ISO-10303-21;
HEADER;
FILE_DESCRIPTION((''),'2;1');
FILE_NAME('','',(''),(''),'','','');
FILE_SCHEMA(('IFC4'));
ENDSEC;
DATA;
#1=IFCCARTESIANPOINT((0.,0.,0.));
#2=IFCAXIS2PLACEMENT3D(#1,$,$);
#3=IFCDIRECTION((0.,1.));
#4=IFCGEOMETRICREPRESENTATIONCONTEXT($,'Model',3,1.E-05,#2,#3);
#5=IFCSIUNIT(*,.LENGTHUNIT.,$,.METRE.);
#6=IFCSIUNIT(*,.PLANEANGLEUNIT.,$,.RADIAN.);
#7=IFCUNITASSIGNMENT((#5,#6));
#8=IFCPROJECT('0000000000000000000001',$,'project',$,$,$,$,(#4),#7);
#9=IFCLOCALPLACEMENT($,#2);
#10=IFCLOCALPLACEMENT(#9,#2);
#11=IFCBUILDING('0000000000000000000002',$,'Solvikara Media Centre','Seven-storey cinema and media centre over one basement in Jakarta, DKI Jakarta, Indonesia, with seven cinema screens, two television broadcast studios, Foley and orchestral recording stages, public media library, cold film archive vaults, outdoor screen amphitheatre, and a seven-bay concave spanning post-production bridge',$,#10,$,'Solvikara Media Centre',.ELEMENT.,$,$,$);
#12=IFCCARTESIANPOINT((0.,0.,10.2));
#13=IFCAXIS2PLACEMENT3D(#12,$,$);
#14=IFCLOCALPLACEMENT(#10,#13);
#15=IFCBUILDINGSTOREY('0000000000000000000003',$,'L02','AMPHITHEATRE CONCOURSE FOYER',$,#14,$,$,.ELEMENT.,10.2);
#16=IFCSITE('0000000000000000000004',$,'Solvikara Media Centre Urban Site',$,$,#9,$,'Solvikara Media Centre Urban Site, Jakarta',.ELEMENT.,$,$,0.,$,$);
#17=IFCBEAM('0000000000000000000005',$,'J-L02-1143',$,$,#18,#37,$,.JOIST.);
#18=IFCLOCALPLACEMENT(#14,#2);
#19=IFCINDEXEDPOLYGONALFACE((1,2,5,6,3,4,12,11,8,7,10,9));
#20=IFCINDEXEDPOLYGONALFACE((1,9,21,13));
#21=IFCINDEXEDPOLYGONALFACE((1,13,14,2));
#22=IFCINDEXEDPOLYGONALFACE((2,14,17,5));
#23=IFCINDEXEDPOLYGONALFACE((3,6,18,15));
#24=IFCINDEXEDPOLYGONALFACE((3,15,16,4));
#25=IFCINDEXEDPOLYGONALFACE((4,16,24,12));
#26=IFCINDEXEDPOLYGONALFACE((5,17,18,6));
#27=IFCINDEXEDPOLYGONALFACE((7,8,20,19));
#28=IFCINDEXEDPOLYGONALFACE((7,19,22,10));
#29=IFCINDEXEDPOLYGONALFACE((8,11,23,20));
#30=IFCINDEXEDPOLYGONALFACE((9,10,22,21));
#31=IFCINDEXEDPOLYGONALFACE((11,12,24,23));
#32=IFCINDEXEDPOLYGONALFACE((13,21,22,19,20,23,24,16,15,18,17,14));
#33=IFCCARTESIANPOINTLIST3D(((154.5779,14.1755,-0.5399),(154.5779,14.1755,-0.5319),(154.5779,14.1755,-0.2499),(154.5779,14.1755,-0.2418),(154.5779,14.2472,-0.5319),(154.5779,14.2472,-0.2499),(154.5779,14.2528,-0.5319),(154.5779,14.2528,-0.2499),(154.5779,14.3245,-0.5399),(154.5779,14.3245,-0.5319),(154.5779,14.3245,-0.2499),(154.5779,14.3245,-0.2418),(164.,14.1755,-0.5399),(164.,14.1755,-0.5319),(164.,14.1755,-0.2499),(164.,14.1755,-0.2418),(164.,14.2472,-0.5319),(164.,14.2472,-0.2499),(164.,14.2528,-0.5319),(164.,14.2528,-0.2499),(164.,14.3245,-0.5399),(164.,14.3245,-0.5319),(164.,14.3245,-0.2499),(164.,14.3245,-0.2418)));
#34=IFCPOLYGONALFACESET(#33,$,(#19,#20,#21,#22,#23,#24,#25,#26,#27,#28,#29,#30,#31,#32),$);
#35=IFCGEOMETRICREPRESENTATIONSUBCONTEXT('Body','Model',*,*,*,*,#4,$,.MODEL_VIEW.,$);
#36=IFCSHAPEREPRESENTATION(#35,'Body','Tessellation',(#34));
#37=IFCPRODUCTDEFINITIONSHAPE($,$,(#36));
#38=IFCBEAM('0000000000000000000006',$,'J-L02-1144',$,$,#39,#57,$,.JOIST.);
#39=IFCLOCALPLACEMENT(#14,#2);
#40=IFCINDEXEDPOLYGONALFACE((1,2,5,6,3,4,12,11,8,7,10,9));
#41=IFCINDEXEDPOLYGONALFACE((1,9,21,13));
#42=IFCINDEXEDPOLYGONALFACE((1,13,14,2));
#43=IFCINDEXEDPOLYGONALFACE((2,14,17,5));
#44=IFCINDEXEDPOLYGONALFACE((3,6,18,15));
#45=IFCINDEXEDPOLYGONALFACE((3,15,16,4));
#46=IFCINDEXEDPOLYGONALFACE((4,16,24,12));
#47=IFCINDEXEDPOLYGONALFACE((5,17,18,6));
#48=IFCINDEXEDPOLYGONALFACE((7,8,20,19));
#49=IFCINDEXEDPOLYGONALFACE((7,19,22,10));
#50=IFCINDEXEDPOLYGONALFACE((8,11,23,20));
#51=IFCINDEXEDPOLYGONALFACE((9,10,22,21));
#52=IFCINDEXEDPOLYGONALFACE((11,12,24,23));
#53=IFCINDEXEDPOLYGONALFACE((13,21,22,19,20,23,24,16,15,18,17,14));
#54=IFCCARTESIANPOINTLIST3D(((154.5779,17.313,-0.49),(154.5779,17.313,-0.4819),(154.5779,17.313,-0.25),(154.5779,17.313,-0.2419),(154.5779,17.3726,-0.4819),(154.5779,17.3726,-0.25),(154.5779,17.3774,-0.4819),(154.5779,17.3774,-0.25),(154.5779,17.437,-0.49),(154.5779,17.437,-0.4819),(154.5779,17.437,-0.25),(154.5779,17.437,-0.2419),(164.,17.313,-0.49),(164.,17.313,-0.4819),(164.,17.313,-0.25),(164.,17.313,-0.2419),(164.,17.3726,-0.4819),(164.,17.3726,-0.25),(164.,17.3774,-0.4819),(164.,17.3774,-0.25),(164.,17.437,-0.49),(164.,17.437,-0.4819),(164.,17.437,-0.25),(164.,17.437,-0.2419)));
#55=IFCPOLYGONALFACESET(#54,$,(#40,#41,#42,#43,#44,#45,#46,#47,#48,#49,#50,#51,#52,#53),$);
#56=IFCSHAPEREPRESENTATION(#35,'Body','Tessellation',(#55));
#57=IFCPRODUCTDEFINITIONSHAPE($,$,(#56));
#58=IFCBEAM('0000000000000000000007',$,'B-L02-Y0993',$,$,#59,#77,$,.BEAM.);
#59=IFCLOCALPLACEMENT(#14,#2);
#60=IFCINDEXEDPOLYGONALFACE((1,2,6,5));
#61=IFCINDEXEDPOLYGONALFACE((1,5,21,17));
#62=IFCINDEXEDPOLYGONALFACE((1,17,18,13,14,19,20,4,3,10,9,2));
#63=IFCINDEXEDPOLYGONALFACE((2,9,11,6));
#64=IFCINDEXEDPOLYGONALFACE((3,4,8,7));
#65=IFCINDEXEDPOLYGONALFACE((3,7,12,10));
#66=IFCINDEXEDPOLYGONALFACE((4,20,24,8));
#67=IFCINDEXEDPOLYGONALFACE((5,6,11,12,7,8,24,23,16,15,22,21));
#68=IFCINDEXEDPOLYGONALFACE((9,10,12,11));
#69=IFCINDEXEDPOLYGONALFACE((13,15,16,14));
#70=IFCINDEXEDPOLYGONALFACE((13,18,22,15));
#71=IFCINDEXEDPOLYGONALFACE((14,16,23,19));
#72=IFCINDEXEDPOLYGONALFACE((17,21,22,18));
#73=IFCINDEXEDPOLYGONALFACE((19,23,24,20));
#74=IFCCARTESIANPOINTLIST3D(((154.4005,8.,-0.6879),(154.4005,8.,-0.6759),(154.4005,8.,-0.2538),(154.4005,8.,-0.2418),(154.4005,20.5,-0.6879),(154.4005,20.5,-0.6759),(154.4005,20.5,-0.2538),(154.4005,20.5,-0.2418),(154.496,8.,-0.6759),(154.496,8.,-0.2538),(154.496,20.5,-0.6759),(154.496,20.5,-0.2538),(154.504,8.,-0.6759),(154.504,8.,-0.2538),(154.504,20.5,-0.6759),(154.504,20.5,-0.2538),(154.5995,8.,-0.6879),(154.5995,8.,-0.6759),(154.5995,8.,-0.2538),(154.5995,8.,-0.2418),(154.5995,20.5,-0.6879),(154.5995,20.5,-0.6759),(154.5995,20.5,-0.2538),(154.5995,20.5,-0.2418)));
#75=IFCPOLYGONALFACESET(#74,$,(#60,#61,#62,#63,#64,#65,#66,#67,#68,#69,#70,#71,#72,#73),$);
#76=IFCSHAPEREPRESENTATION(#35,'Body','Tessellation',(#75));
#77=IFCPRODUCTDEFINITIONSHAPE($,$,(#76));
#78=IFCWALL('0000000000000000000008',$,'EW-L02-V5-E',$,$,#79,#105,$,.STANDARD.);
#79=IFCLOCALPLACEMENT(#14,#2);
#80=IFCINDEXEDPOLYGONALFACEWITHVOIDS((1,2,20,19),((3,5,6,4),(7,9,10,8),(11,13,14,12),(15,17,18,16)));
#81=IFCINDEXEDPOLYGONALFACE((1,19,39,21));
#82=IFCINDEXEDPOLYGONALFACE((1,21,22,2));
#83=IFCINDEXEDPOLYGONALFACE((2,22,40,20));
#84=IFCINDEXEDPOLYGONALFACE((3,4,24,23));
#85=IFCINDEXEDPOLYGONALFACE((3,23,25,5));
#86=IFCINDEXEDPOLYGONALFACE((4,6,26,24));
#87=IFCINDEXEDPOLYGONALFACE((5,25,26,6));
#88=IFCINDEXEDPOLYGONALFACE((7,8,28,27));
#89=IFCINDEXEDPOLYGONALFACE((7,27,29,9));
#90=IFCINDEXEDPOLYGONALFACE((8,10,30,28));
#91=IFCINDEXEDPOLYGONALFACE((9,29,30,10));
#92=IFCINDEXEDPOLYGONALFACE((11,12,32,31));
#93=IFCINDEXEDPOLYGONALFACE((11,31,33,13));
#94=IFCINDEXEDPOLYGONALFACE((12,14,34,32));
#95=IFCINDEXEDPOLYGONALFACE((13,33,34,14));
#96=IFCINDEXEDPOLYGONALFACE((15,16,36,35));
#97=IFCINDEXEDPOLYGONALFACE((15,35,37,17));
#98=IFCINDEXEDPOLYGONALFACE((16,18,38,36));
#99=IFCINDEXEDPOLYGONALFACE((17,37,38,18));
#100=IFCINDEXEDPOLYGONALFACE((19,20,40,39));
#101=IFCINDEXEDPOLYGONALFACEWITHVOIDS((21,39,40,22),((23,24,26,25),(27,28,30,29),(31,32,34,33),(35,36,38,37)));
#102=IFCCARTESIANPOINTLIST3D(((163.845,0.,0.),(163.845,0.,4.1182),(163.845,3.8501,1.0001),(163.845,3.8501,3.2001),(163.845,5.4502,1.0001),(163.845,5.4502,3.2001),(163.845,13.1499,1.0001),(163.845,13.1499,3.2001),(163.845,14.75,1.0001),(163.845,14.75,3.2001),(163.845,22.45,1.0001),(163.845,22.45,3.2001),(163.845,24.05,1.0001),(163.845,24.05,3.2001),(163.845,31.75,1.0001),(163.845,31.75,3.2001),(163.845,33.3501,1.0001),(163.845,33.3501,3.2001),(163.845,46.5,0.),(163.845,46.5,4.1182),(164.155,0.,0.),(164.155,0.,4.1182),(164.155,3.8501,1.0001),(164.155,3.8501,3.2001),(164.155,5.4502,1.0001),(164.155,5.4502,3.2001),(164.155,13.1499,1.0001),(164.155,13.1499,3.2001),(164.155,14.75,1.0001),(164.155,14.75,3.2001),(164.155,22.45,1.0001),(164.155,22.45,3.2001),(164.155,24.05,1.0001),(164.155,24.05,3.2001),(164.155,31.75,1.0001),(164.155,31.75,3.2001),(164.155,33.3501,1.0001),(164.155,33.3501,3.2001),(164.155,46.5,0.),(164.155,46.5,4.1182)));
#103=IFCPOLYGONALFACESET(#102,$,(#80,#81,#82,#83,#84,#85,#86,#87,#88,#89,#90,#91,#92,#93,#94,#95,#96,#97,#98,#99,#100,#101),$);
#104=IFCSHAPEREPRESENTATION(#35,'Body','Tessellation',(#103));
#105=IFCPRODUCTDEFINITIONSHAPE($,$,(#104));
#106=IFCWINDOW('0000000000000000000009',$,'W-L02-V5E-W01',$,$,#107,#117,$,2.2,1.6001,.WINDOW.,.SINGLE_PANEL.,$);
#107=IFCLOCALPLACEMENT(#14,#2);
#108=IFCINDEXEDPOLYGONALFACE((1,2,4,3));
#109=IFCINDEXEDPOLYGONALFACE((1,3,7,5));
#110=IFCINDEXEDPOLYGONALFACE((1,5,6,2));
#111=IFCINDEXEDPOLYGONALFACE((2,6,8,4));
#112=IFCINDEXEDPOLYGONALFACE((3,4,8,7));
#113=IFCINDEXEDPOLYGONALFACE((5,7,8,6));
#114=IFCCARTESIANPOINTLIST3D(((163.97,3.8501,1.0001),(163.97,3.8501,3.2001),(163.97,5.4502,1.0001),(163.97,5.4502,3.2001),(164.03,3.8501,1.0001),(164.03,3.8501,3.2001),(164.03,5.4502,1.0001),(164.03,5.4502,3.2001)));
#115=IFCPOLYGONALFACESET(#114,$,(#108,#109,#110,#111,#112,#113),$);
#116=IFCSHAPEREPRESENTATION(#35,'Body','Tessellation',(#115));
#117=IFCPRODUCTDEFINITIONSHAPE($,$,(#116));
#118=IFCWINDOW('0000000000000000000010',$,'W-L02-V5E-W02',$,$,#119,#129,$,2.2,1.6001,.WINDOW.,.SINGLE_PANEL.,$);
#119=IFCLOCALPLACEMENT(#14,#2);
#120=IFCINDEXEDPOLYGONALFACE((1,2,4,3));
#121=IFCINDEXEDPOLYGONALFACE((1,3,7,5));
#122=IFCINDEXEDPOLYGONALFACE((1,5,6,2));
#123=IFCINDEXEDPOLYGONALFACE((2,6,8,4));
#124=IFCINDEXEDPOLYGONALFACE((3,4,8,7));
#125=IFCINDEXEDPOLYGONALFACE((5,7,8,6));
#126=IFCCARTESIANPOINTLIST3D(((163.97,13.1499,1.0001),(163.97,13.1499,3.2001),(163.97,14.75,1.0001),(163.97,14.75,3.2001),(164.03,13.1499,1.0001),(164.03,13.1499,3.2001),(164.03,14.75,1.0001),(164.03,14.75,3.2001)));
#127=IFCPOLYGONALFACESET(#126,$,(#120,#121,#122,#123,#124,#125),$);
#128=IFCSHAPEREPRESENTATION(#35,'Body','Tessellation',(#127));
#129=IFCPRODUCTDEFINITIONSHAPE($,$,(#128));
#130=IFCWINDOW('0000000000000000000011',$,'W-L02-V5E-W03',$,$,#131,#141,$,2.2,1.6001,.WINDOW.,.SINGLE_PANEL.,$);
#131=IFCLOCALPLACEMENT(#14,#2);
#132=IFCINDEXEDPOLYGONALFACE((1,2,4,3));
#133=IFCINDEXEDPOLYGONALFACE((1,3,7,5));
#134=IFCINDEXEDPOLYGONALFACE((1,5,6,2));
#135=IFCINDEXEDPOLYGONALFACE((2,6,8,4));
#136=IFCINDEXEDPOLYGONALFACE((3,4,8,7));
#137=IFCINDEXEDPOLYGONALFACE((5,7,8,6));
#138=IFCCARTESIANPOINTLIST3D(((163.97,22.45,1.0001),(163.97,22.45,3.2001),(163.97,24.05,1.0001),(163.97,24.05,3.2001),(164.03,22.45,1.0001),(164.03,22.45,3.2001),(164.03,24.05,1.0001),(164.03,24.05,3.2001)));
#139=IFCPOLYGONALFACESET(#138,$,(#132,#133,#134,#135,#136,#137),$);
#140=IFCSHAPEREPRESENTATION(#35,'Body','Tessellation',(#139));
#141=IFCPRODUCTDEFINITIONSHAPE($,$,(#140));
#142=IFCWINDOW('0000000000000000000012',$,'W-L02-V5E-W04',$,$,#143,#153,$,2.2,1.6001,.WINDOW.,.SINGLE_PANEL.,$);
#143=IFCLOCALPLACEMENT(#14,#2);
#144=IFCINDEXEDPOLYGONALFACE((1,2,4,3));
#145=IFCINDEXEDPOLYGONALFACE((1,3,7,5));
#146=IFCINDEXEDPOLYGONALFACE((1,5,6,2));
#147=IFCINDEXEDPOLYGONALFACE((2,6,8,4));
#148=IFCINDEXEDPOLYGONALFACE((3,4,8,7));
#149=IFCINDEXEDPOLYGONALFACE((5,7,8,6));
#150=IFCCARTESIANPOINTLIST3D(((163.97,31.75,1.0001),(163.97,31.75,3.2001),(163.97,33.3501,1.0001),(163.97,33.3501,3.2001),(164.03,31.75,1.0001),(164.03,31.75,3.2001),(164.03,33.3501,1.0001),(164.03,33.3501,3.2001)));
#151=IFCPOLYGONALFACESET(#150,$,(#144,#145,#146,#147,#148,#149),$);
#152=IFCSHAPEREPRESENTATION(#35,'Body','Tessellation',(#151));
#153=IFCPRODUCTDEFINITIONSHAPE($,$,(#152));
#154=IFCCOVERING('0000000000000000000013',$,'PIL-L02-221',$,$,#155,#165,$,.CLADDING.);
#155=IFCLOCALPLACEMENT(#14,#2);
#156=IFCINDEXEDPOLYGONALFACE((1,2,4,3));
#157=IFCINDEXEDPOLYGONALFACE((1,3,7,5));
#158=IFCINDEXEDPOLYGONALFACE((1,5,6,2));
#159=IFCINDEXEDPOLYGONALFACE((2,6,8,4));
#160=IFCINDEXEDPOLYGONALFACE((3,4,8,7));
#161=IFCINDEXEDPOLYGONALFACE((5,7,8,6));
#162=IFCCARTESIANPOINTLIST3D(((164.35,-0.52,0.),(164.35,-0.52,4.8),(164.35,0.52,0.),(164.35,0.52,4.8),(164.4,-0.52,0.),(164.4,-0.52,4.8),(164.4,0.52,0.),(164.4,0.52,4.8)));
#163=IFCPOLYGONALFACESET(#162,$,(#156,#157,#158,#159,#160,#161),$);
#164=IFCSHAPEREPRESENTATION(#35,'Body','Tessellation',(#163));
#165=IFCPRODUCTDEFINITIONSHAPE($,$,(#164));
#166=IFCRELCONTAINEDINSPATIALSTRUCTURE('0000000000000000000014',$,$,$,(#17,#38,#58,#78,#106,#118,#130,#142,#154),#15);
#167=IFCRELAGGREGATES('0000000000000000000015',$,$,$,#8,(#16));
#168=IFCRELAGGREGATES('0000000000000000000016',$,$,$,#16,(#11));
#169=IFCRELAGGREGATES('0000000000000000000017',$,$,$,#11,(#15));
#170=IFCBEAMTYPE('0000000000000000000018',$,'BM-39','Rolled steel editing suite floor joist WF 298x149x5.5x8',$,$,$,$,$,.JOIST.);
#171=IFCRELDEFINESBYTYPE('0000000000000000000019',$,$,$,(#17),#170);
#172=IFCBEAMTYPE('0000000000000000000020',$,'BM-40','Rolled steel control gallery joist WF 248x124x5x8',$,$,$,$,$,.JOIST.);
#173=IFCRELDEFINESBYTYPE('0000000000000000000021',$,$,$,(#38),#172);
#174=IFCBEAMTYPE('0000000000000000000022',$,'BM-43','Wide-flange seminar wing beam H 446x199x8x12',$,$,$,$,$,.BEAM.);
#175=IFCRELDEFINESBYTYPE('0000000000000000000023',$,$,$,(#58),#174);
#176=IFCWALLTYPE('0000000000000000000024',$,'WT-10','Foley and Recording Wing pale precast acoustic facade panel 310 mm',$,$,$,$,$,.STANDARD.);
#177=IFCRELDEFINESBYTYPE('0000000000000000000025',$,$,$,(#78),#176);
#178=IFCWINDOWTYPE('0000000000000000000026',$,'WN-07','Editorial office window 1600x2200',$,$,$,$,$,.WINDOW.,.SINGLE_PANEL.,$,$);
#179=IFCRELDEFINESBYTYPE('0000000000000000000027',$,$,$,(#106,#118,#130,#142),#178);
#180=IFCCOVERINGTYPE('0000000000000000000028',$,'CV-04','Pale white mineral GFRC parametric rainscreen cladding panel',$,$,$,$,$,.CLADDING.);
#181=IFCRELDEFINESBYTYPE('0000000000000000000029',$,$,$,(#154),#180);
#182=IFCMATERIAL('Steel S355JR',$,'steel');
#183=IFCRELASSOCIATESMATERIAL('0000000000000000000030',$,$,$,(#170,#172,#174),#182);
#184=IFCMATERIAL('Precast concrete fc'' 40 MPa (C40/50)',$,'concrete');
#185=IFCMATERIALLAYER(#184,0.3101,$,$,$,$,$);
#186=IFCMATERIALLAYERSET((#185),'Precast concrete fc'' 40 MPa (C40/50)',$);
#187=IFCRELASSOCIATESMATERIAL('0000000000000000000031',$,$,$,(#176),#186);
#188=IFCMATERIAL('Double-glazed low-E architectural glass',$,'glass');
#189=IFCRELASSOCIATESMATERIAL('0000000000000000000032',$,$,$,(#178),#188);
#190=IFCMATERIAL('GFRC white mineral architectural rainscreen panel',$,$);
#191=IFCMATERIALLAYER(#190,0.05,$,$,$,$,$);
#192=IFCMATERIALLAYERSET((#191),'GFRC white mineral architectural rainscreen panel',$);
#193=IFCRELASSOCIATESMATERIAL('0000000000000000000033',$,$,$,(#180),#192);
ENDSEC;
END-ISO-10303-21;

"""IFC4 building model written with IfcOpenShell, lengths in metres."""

from ifc_helpers import new_model, si_unit, direction, frame, frame_2d, origin, origin_2d, place, context, subcontext, project, spatial, rectangle, i_section, extrude, material, layer, layer_set, material_profile, profile_set, type_object, element, fill, save


model = new_model("IFC4")

# Units and contexts
model_context = context("Model", 3, precision=1e-05, world=origin(), true_north=direction((0.0, 1.0)))
body_context = subcontext(model_context, "Body", "Model", "MODEL_VIEW")
ifc_project = project(units=[si_unit("LENGTHUNIT", "METRE"), si_unit("PLANEANGLEUNIT", "RADIAN")], contexts=[model_context])

# Site, building, storey
site_placement = place(None, origin())
site = spatial("IfcSite", under=ifc_project, at=site_placement, Name="Solvikara Media Centre Urban Site", LongName="Solvikara Media Centre Urban Site, Jakarta", CompositionType="ELEMENT", RefElevation=0.0)
building_placement = place(site_placement, origin())
building = spatial("IfcBuilding", under=site, at=building_placement, Name="Solvikara Media Centre", Description="Seven-storey cinema and media centre over one basement in Jakarta, DKI Jakarta, Indonesia, with seven cinema screens, two television broadcast studios, Foley and orchestral recording stages, public media library, cold film archive vaults, outdoor screen amphitheatre, and a seven-bay concave spanning post-production bridge", LongName="Solvikara Media Centre", CompositionType="ELEMENT")
storey_placement = place(building_placement, frame((0.0, 0.0, 10.2)))
storey = spatial("IfcBuildingStorey", under=building, at=storey_placement, Name="L02", Description="AMPHITHEATRE CONCOURSE FOYER", CompositionType="ELEMENT", Elevation=10.2)

# Shared definitions
ifc_material_1 = material(Name="Steel S355JR", Category="steel")

# Beams
ifc_material_profile_1 = material_profile(ifc_material_1, i_section(OverallWidth=0.1489, OverallDepth=0.2981, WebThickness=0.0056, FlangeThickness=0.0081, at=origin_2d()), Name="WF 298x149x5.5x8")
ifc_profile_set_1 = profile_set([ifc_material_profile_1], Name="Steel S355JR")
beam_type_1 = type_object("IfcBeamType", Name="BM-39", Description="Rolled steel editing suite floor joist WF 298x149x5.5x8", PredefinedType="JOIST", material=ifc_profile_set_1)
beam_1_placement = place(storey_placement, frame((154.5779, 14.25, -0.3909), z_axis=(1.0, 0.0, 0.0), x_axis=(0.0, 1.0, 0.0)))
element("IfcBeam", 1, at=beam_1_placement, inside=storey, type_object=beam_type_1, Name="J-L02-1143", PredefinedType="JOIST", context=body_context, shape_type="SweptSolid", body=[
    extrude(i_section(OverallWidth=0.1489, OverallDepth=0.2981, WebThickness=0.0056, FlangeThickness=0.0081, at=origin_2d()), origin(), (0.0, 0.0, 1.0), 9.4221),
])
ifc_material_profile_2 = material_profile(ifc_material_1, i_section(OverallWidth=0.124, OverallDepth=0.248, WebThickness=0.0049, FlangeThickness=0.0081, at=origin_2d()), Name="WF 248x124x5x8")
ifc_profile_set_2 = profile_set([ifc_material_profile_2], Name="Steel S355JR")
beam_type_2 = type_object("IfcBeamType", Name="BM-40", Description="Rolled steel control gallery joist WF 248x124x5x8", PredefinedType="JOIST", material=ifc_profile_set_2)
beam_2_placement = place(storey_placement, frame((154.5779, 17.375, -0.366), z_axis=(1.0, 0.0, 0.0), x_axis=(0.0, 1.0, 0.0)))
element("IfcBeam", 2, at=beam_2_placement, inside=storey, type_object=beam_type_2, Name="J-L02-1144", PredefinedType="JOIST", context=body_context, shape_type="SweptSolid", body=[
    extrude(i_section(OverallWidth=0.124, OverallDepth=0.248, WebThickness=0.0049, FlangeThickness=0.0081, at=origin_2d()), origin(), (0.0, 0.0, 1.0), 9.4221),
])
ifc_material_profile_3 = material_profile(ifc_material_1, i_section(OverallWidth=0.199, OverallDepth=0.446, WebThickness=0.0081, FlangeThickness=0.012, at=origin_2d()), Name="H 446x199x8x12")
ifc_profile_set_3 = profile_set([ifc_material_profile_3], Name="Steel S355JR")
beam_type_3 = type_object("IfcBeamType", Name="BM-43", Description="Wide-flange seminar wing beam H 446x199x8x12", PredefinedType="BEAM", material=ifc_profile_set_3)
beam_3_placement = place(storey_placement, frame((154.5, 8.0, -0.4648), z_axis=(0.0, 1.0, 0.0), x_axis=(-1.0, 0.0, 0.0)))
element("IfcBeam", 3, at=beam_3_placement, inside=storey, type_object=beam_type_3, Name="B-L02-Y0993", PredefinedType="BEAM", context=body_context, shape_type="SweptSolid", body=[
    extrude(i_section(OverallWidth=0.199, OverallDepth=0.446, WebThickness=0.0081, FlangeThickness=0.012, at=origin_2d()), origin(), (0.0, 0.0, 1.0), 12.5),
])

# Wall, openings, windows
ifc_material_2 = material(Name="Precast concrete fc' 40 MPa (C40/50)", Category="concrete")
ifc_layer_1 = layer(ifc_material_2, 0.3101)
ifc_layer_set_1 = layer_set([ifc_layer_1], Name="Precast concrete fc' 40 MPa (C40/50)")
wall_type = type_object("IfcWallType", Name="WT-10", Description="Foley and Recording Wing pale precast acoustic facade panel 310 mm", PredefinedType="STANDARD", material=ifc_layer_set_1)
wall_placement = place(storey_placement, frame((164.0, 0.0, 0.0), z_axis=(0.0, 0.0, 1.0), x_axis=(0.0, 1.0, 0.0)))
wall = element("IfcWall", 4, at=wall_placement, inside=storey, type_object=wall_type, Name="EW-L02-V5-E", PredefinedType="STANDARD", context=body_context, shape_type="SweptSolid", body=[
    extrude(rectangle(XDim=46.5, YDim=0.3101, at=frame_2d((23.25, 0.0))), origin(), (0.0, 0.0, 1.0), 4.1182),
])
opening_1_placement = place(wall_placement, frame((3.8501, 0.0, 1.0)))
opening_1 = element("IfcOpeningElement", 5, at=opening_1_placement, cuts=wall, PredefinedType="OPENING", context=body_context, shape_type="SweptSolid", body=[
    extrude(rectangle(XDim=1.6001, YDim=2.2, at=frame_2d((0.8, 1.1001))), frame((0.0, 0.167, 0.0), z_axis=(0.0, -1.0, 0.0), x_axis=(1.0, 0.0, 0.0)), (0.0, 0.0, 1.0), 0.334),
])
opening_2_placement = place(wall_placement, frame((13.1499, 0.0, 1.0)))
opening_2 = element("IfcOpeningElement", 6, at=opening_2_placement, cuts=wall, PredefinedType="OPENING", context=body_context, shape_type="SweptSolid", body=[
    extrude(rectangle(XDim=1.6001, YDim=2.2, at=frame_2d((0.8, 1.1001))), frame((0.0, 0.167, 0.0), z_axis=(0.0, -1.0, 0.0), x_axis=(1.0, 0.0, 0.0)), (0.0, 0.0, 1.0), 0.334),
])
opening_3_placement = place(wall_placement, frame((22.45, 0.0, 1.0)))
opening_3 = element("IfcOpeningElement", 7, at=opening_3_placement, cuts=wall, PredefinedType="OPENING", context=body_context, shape_type="SweptSolid", body=[
    extrude(rectangle(XDim=1.6001, YDim=2.2, at=frame_2d((0.8, 1.1001))), frame((0.0, 0.167, 0.0), z_axis=(0.0, -1.0, 0.0), x_axis=(1.0, 0.0, 0.0)), (0.0, 0.0, 1.0), 0.334),
])
opening_4_placement = place(wall_placement, frame((31.75, 0.0, 1.0)))
opening_4 = element("IfcOpeningElement", 8, at=opening_4_placement, cuts=wall, PredefinedType="OPENING", context=body_context, shape_type="SweptSolid", body=[
    extrude(rectangle(XDim=1.6001, YDim=2.2, at=frame_2d((0.8, 1.1001))), frame((0.0, 0.167, 0.0), z_axis=(0.0, -1.0, 0.0), x_axis=(1.0, 0.0, 0.0)), (0.0, 0.0, 1.0), 0.334),
])
ifc_material_3 = material(Name="Double-glazed low-E architectural glass", Category="glass")
window_type = type_object("IfcWindowType", Name="WN-07", Description="Editorial office window 1600x2200", PartitioningType="SINGLE_PANEL", PredefinedType="WINDOW", material=ifc_material_3)
window_1_placement = place(opening_1_placement, origin())
window_1 = element("IfcWindow", 9, at=window_1_placement, inside=storey, type_object=window_type, Name="W-L02-V5E-W01", OverallHeight=2.2, OverallWidth=1.6001, PartitioningType="SINGLE_PANEL", PredefinedType="WINDOW", context=body_context, shape_type="SweptSolid", body=[
    extrude(rectangle(XDim=1.6001, YDim=2.2, at=frame_2d((0.8, 1.1001))), frame((0.0, 0.03, 0.0), z_axis=(0.0, -1.0, 0.0), x_axis=(1.0, 0.0, 0.0)), (0.0, 0.0, 1.0), 0.0601),
])
fill(opening_1, window_1)
window_2_placement = place(opening_2_placement, origin())
window_2 = element("IfcWindow", 10, at=window_2_placement, inside=storey, type_object=window_type, Name="W-L02-V5E-W02", OverallHeight=2.2, OverallWidth=1.6001, PartitioningType="SINGLE_PANEL", PredefinedType="WINDOW", context=body_context, shape_type="SweptSolid", body=[
    extrude(rectangle(XDim=1.6001, YDim=2.2, at=frame_2d((0.8, 1.1001))), frame((0.0, 0.03, 0.0), z_axis=(0.0, -1.0, 0.0), x_axis=(1.0, 0.0, 0.0)), (0.0, 0.0, 1.0), 0.0601),
])
fill(opening_2, window_2)
window_3_placement = place(opening_3_placement, origin())
window_3 = element("IfcWindow", 11, at=window_3_placement, inside=storey, type_object=window_type, Name="W-L02-V5E-W03", OverallHeight=2.2, OverallWidth=1.6001, PartitioningType="SINGLE_PANEL", PredefinedType="WINDOW", context=body_context, shape_type="SweptSolid", body=[
    extrude(rectangle(XDim=1.6001, YDim=2.2, at=frame_2d((0.8, 1.1001))), frame((0.0, 0.03, 0.0), z_axis=(0.0, -1.0, 0.0), x_axis=(1.0, 0.0, 0.0)), (0.0, 0.0, 1.0), 0.0601),
])
fill(opening_3, window_3)
window_4_placement = place(opening_4_placement, origin())
window_4 = element("IfcWindow", 12, at=window_4_placement, inside=storey, type_object=window_type, Name="W-L02-V5E-W04", OverallHeight=2.2, OverallWidth=1.6001, PartitioningType="SINGLE_PANEL", PredefinedType="WINDOW", context=body_context, shape_type="SweptSolid", body=[
    extrude(rectangle(XDim=1.6001, YDim=2.2, at=frame_2d((0.8, 1.1001))), frame((0.0, 0.03, 0.0), z_axis=(0.0, -1.0, 0.0), x_axis=(1.0, 0.0, 0.0)), (0.0, 0.0, 1.0), 0.0601),
])
fill(opening_4, window_4)

# Covering
ifc_material_4 = material(Name="GFRC white mineral architectural rainscreen panel")
ifc_layer_2 = layer(ifc_material_4, 0.05)
ifc_layer_set_2 = layer_set([ifc_layer_2], Name="GFRC white mineral architectural rainscreen panel")
covering_type = type_object("IfcCoveringType", Name="CV-04", Description="Pale white mineral GFRC parametric rainscreen cladding panel", PredefinedType="CLADDING", material=ifc_layer_set_2)
for number, where, z_axis, x_axis, name in (
    (13, (164.375, 0.0, 0.0), (0.0, 0.0, 1.0), (0.0, 1.0, 0.0), "PIL-L02-221"),
):
    element("IfcCovering", number, at=place(storey_placement, frame(where, z_axis=z_axis, x_axis=x_axis)), inside=storey, type_object=covering_type, Name=name, PredefinedType="CLADDING", context=body_context, shape_type="SweptSolid", body=[
        extrude(rectangle(XDim=1.04, YDim=0.05, at=origin_2d()), origin(), (0.0, 0.0, 1.0), 4.8),
    ])

save(model, "model.ifc")
